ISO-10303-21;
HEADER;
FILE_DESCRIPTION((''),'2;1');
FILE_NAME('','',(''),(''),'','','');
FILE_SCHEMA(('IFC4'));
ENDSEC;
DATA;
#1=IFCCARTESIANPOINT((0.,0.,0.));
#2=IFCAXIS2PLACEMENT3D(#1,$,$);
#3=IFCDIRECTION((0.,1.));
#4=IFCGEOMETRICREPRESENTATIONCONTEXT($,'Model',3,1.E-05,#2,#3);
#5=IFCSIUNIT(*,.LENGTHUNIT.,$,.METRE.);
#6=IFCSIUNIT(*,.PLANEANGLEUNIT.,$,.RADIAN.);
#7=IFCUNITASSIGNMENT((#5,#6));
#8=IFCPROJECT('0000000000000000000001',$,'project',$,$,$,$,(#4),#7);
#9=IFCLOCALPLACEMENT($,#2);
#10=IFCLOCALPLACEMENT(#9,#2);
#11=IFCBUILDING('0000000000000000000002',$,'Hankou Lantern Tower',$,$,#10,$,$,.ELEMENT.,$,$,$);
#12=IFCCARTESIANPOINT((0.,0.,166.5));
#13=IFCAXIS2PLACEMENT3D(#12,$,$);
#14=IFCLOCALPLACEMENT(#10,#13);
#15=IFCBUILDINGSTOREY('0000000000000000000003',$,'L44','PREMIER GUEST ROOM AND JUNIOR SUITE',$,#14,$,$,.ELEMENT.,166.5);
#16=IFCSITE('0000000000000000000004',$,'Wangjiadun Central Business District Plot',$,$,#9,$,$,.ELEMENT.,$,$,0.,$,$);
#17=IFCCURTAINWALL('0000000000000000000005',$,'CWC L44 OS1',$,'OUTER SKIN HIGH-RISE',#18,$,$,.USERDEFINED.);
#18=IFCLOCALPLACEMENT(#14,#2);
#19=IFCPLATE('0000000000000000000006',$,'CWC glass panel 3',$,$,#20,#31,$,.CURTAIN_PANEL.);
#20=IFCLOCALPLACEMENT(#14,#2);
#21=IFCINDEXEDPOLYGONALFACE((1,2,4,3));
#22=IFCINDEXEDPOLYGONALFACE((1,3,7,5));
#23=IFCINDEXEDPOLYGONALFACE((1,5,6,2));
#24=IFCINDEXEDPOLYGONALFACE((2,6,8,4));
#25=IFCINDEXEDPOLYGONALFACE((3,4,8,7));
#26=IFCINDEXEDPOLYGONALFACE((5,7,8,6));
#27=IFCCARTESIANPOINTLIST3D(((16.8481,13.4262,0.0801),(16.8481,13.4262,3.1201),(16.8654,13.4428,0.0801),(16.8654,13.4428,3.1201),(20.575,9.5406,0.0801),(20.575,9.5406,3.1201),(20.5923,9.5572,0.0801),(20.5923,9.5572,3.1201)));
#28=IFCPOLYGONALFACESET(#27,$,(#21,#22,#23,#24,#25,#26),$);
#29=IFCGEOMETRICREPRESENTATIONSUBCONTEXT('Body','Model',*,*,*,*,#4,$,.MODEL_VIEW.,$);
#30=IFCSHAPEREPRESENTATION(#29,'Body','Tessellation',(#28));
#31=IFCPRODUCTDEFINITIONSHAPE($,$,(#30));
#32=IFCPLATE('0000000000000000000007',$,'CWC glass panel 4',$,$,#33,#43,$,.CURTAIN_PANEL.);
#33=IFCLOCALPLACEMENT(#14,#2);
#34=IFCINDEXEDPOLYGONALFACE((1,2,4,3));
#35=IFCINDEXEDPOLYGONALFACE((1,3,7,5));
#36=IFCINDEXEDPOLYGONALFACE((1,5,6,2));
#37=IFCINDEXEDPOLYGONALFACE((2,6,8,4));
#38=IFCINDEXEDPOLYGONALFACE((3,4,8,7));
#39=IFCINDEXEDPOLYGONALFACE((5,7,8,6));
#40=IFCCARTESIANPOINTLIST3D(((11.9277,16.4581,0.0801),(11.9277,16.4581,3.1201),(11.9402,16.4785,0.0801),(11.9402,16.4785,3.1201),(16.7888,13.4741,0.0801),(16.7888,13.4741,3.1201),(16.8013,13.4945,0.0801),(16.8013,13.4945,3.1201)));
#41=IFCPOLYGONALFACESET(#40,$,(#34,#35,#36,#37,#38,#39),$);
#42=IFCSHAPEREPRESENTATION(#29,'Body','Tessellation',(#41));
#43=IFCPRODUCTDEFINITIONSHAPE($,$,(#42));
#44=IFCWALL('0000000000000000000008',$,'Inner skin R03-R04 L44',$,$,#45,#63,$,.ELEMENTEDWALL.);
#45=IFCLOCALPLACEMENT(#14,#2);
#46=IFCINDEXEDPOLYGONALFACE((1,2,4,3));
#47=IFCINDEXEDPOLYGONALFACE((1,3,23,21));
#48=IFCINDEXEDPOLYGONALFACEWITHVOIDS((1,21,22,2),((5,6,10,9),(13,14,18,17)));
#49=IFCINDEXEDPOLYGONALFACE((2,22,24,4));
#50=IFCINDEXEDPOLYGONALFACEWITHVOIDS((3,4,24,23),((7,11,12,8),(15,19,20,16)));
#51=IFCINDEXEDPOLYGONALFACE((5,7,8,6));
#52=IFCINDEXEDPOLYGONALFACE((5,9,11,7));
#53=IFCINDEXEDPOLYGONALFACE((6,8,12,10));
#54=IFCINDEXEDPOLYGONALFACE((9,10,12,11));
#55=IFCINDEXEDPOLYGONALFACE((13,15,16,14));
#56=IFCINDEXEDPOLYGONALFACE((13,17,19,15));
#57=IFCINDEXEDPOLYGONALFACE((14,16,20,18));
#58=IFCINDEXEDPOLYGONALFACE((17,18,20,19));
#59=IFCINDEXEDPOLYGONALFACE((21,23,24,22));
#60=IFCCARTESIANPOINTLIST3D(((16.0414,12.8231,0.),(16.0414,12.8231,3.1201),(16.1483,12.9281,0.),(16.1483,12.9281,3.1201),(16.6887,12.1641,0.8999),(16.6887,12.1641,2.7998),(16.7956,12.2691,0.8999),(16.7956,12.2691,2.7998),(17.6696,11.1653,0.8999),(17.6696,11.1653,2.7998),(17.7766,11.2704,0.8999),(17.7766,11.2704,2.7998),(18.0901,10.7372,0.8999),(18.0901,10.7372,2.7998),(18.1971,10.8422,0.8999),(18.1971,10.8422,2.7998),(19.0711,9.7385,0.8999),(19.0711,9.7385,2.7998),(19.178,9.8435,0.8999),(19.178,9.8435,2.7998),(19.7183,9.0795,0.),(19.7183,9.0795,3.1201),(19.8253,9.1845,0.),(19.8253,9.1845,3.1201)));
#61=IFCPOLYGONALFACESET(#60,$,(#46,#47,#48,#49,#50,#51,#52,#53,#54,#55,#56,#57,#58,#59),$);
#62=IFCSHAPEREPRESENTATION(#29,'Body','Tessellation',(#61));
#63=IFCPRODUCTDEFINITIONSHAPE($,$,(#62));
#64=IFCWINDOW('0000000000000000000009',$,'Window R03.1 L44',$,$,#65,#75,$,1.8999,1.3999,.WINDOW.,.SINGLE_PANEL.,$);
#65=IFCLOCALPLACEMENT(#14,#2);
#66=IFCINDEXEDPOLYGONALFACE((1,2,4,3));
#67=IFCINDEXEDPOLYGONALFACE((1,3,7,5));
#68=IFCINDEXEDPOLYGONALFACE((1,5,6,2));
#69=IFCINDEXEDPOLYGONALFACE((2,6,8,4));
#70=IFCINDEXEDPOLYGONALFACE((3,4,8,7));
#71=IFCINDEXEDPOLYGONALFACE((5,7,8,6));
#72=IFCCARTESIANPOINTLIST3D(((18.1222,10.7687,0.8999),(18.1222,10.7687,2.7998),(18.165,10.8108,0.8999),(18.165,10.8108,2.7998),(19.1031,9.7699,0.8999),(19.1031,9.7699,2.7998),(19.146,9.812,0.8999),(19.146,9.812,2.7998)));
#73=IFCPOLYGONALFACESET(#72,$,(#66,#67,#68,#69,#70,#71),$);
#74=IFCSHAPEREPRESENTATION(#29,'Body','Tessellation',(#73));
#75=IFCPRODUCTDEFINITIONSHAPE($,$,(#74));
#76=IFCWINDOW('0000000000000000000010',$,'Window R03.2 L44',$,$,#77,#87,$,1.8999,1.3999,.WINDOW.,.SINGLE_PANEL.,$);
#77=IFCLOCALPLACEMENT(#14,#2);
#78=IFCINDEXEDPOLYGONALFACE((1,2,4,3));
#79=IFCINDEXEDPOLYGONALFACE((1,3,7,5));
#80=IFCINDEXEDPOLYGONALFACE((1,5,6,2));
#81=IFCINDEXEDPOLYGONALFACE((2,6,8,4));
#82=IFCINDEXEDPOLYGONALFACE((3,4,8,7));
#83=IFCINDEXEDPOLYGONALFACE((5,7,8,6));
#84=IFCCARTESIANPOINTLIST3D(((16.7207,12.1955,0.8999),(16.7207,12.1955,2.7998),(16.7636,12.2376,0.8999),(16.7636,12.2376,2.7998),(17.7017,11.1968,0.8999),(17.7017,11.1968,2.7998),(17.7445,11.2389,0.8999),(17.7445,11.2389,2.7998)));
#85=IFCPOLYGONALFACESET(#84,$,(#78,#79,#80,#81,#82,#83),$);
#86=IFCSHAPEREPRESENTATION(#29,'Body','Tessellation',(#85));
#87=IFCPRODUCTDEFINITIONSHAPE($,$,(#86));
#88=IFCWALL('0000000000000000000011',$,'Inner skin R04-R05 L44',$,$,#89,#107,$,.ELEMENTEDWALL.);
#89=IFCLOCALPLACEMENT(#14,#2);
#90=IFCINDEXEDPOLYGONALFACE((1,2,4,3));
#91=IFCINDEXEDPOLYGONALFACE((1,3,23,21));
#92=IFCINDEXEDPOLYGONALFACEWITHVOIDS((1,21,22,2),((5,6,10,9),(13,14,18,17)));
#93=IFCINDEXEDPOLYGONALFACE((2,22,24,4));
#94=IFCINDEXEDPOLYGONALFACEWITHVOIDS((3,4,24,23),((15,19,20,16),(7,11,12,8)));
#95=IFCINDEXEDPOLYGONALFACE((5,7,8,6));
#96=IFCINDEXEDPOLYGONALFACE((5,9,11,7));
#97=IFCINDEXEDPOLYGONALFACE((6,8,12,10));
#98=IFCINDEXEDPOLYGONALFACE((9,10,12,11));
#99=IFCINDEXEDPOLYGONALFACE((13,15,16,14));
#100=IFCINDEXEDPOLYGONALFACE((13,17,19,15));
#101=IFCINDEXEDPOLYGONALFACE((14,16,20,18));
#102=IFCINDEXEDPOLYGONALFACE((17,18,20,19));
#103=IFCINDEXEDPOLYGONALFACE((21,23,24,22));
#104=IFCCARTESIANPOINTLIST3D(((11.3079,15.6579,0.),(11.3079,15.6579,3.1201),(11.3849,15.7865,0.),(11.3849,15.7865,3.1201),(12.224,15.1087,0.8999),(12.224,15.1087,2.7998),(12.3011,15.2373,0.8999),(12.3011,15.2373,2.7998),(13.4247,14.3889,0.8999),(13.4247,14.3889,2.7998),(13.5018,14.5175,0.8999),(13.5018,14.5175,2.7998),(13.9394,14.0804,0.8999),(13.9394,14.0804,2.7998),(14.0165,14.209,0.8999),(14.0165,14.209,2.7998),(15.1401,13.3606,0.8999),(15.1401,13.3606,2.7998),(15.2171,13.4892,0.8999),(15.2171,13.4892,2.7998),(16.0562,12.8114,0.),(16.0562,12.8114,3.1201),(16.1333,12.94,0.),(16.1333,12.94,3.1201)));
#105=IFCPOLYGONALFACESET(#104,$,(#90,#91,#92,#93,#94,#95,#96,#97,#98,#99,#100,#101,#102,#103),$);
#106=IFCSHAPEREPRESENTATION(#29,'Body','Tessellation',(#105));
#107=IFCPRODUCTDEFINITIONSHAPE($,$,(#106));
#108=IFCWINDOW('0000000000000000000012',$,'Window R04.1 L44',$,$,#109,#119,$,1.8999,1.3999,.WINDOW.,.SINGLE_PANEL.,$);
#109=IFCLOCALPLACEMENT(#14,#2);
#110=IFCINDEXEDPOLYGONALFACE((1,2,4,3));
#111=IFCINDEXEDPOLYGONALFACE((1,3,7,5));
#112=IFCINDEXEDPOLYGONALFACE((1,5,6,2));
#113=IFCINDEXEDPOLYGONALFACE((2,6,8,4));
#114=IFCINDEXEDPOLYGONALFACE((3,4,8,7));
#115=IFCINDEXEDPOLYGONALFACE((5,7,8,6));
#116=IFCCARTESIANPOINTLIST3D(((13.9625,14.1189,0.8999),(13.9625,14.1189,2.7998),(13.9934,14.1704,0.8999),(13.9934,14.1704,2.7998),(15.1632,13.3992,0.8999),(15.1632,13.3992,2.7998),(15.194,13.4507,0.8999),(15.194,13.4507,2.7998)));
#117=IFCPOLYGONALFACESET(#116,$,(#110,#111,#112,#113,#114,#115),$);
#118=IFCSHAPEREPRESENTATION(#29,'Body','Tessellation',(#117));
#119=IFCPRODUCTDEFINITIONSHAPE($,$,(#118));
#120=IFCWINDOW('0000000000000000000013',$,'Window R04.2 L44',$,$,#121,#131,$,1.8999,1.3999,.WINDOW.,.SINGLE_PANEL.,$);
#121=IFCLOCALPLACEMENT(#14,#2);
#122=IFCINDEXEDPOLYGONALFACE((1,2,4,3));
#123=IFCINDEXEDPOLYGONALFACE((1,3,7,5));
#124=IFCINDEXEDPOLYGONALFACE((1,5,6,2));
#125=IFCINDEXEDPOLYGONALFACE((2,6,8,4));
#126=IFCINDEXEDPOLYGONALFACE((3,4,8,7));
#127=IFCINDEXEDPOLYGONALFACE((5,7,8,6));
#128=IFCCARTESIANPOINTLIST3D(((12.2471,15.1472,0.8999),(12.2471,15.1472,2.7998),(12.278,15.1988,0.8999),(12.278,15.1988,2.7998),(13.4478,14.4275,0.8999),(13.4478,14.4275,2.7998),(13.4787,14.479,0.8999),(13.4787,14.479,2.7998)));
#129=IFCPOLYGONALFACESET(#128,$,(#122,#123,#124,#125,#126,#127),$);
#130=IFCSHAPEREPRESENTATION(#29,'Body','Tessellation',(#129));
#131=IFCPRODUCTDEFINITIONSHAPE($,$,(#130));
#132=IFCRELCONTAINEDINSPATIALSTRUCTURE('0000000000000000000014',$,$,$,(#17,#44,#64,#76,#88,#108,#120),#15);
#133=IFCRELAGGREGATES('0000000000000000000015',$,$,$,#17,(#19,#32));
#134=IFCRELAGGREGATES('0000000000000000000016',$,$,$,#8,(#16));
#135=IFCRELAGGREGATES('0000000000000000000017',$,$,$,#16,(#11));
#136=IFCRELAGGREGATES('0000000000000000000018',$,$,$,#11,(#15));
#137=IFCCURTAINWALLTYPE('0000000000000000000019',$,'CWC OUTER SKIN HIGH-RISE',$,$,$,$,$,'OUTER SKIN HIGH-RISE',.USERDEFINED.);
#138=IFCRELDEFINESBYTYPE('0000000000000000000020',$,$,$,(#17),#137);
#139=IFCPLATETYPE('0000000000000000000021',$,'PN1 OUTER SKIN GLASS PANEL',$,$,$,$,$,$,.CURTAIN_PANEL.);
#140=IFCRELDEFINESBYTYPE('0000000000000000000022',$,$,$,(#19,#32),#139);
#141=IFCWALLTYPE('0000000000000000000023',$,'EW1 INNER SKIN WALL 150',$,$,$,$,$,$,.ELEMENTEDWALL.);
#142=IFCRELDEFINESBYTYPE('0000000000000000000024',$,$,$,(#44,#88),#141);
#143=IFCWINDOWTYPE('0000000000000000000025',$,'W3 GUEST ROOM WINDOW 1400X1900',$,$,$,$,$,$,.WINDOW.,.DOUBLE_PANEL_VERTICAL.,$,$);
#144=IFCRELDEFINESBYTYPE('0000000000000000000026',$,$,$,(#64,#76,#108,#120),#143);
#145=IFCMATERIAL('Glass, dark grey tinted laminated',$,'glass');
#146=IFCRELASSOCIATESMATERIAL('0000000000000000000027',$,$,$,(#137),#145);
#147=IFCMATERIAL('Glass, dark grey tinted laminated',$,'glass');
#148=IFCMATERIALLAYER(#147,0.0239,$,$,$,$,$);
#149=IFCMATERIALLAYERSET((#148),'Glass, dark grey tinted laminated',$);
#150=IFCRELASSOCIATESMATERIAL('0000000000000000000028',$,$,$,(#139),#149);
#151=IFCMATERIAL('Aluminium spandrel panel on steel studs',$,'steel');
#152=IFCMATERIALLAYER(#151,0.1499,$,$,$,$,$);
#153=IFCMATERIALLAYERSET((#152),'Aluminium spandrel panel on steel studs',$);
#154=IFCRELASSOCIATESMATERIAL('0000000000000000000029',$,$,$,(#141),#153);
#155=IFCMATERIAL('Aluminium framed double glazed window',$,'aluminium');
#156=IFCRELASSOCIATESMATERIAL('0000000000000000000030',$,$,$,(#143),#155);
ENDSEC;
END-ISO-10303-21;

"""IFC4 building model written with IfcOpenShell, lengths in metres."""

from ifc_helpers import new_model, si_unit, direction, frame, frame_2d, origin, origin_2d, place, context, subcontext, project, spatial, rectangle, extrude, material, layer, layer_set, type_object, element, fill, aggregate, save


model = new_model("IFC4")

# Units and contexts
model_context = context("Model", 3, precision=1e-05, world=origin(), true_north=direction((0.0, 1.0)))
body_context = subcontext(model_context, "Body", "Model", "MODEL_VIEW")
ifc_project = project(units=[si_unit("LENGTHUNIT", "METRE"), si_unit("PLANEANGLEUNIT", "RADIAN")], contexts=[model_context])

# Site, building, storey
site_placement = place(None, origin())
site = spatial("IfcSite", under=ifc_project, at=site_placement, Name="Wangjiadun Central Business District Plot", CompositionType="ELEMENT", RefElevation=0.0)
building_placement = place(site_placement, origin())
building = spatial("IfcBuilding", under=site, at=building_placement, Name="Hankou Lantern Tower", CompositionType="ELEMENT")
storey_placement = place(building_placement, frame((0.0, 0.0, 166.5)))
storey = spatial("IfcBuildingStorey", under=building, at=storey_placement, Name="L44", Description="PREMIER GUEST ROOM AND JUNIOR SUITE", CompositionType="ELEMENT", Elevation=166.5)

# Curtain wall
ifc_material_1 = material(Name="Glass, dark grey tinted laminated", Category="glass")
curtain_wall_type = type_object("IfcCurtainWallType", Name="CWC OUTER SKIN HIGH-RISE", ElementType="OUTER SKIN HIGH-RISE", PredefinedType="USERDEFINED", material=ifc_material_1)
curtain_wall_placement = place(storey_placement, origin())
curtain_wall = element("IfcCurtainWall", 1, at=curtain_wall_placement, inside=storey, type_object=curtain_wall_type, Name="CWC L44 OS1", ObjectType="OUTER SKIN HIGH-RISE", PredefinedType="USERDEFINED")

# Plates
ifc_material_2 = material(Name="Glass, dark grey tinted laminated", Category="glass")
ifc_layer_1 = layer(ifc_material_2, 0.0239)
ifc_layer_set_1 = layer_set([ifc_layer_1], Name="Glass, dark grey tinted laminated")
plate_type = type_object("IfcPlateType", Name="PN1 OUTER SKIN GLASS PANEL", PredefinedType="CURTAIN_PANEL", material=ifc_layer_set_1)
plate_1_placement = place(storey_placement, frame((18.7202, 11.4917, 0.0801), z_axis=(0.0, 0.0, 1.0), x_axis=(-0.692216, 0.721691, 0.0)))
plate_1 = element("IfcPlate", 2, at=plate_1_placement, type_object=plate_type, Name="CWC glass panel 3", PredefinedType="CURTAIN_PANEL", context=body_context, shape_type="SweptSolid", body=[
    extrude(rectangle(XDim=5.384, YDim=0.0239, at=origin_2d()), origin(), (0.0, 0.0, 1.0), 3.04),
])
plate_2_placement = place(storey_placement, frame((14.3645, 14.9763, 0.0801), z_axis=(0.0, 0.0, 1.0), x_axis=(-0.852237, 0.523156, 0.0)))
plate_2 = element("IfcPlate", 3, at=plate_2_placement, type_object=plate_type, Name="CWC glass panel 4", PredefinedType="CURTAIN_PANEL", context=body_context, shape_type="SweptSolid", body=[
    extrude(rectangle(XDim=5.7039, YDim=0.0239, at=origin_2d()), origin(), (0.0, 0.0, 1.0), 3.04),
])
aggregate(curtain_wall, [plate_1, plate_2])

# Walls, openings, windows
ifc_material_3 = material(Name="Aluminium spandrel panel on steel studs", Category="steel")
ifc_layer_2 = layer(ifc_material_3, 0.1499)
ifc_layer_set_2 = layer_set([ifc_layer_2], Name="Aluminium spandrel panel on steel studs")
wall_type_1 = type_object("IfcWallType", Name="EW1 INNER SKIN WALL 150", PredefinedType="ELEMENTEDWALL", material=ifc_layer_set_2)
wall_1_placement = place(storey_placement, frame((19.7717, 9.1321, 0.0), z_axis=(0.0, 0.0, 1.0), x_axis=(-0.700727, 0.713429, 0.0)))
wall_1 = element("IfcWall", 4, at=wall_1_placement, inside=storey, type_object=wall_type_1, Name="Inner skin R03-R04 L44", PredefinedType="ELEMENTEDWALL", context=body_context, shape_type="SweptSolid", body=[
    extrude(rectangle(XDim=5.2473, YDim=0.1499, at=frame_2d((2.6235, 0.0))), origin(), (0.0, 0.0, 1.0), 3.1201),
])
opening_1_placement = place(wall_1_placement, frame((0.9236, 0.0, 0.8999)))
opening_1 = element("IfcOpeningElement", 5, at=opening_1_placement, cuts=wall_1, PredefinedType="OPENING", context=body_context, shape_type="SweptSolid", body=[
    extrude(rectangle(XDim=1.3999, YDim=1.8999, at=frame_2d((0.7, 0.95))), frame((0.0, 0.085, 0.0), z_axis=(0.0, -1.0, 0.0), x_axis=(1.0, 0.0, 0.0)), (0.0, 0.0, 1.0), 0.1699),
])
opening_2_placement = place(wall_1_placement, frame((2.9236, 0.0, 0.8999)))
opening_2 = element("IfcOpeningElement", 6, at=opening_2_placement, cuts=wall_1, PredefinedType="OPENING", context=body_context, shape_type="SweptSolid", body=[
    extrude(rectangle(XDim=1.3999, YDim=1.8999, at=frame_2d((0.7, 0.95))), frame((0.0, 0.085, 0.0), z_axis=(0.0, -1.0, 0.0), x_axis=(1.0, 0.0, 0.0)), (0.0, 0.0, 1.0), 0.1699),
])
ifc_material_4 = material(Name="Aluminium framed double glazed window", Category="aluminium")
window_type = type_object("IfcWindowType", Name="W3 GUEST ROOM WINDOW 1400X1900", PartitioningType="DOUBLE_PANEL_VERTICAL", PredefinedType="WINDOW", material=ifc_material_4)
window_1_placement = place(opening_1_placement, origin())
window_1 = element("IfcWindow", 7, at=window_1_placement, inside=storey, type_object=window_type, Name="Window R03.1 L44", OverallHeight=1.8999, OverallWidth=1.3999, PartitioningType="SINGLE_PANEL", PredefinedType="WINDOW", context=body_context, shape_type="SweptSolid", body=[
    extrude(rectangle(XDim=1.3999, YDim=1.8999, at=frame_2d((0.7, 0.95))), frame((0.0, 0.03, 0.0), z_axis=(0.0, -1.0, 0.0), x_axis=(1.0, 0.0, 0.0)), (0.0, 0.0, 1.0), 0.0601),
])
fill(opening_1, window_1)
window_2_placement = place(opening_2_placement, origin())
window_2 = element("IfcWindow", 8, at=window_2_placement, inside=storey, type_object=window_type, Name="Window R03.2 L44", OverallHeight=1.8999, OverallWidth=1.3999, PartitioningType="SINGLE_PANEL", PredefinedType="WINDOW", context=body_context, shape_type="SweptSolid", body=[
    extrude(rectangle(XDim=1.3999, YDim=1.8999, at=frame_2d((0.7, 0.95))), frame((0.0, 0.03, 0.0), z_axis=(0.0, -1.0, 0.0), x_axis=(1.0, 0.0, 0.0)), (0.0, 0.0, 1.0), 0.0601),
])
fill(opening_2, window_2)
wall_2_placement = place(storey_placement, frame((16.0947, 12.8757, 0.0), z_axis=(0.0, 0.0, 1.0), x_axis=(-0.857695, 0.514158, 0.0)))
wall_2 = element("IfcWall", 9, at=wall_2_placement, inside=storey, type_object=wall_type_1, Name="Inner skin R04-R05 L44", PredefinedType="ELEMENTEDWALL", context=body_context, shape_type="SweptSolid", body=[
    extrude(rectangle(XDim=5.5361, YDim=0.1499, at=frame_2d((2.7681, 0.0))), origin(), (0.0, 0.0, 1.0), 3.1201),
])
opening_3_placement = place(wall_2_placement, frame((1.0681, 0.0, 0.8999)))
opening_3 = element("IfcOpeningElement", 10, at=opening_3_placement, cuts=wall_2, PredefinedType="OPENING", context=body_context, shape_type="SweptSolid", body=[
    extrude(rectangle(XDim=1.3999, YDim=1.8999, at=frame_2d((0.7, 0.95))), frame((0.0, 0.085, 0.0), z_axis=(0.0, -1.0, 0.0), x_axis=(1.0, 0.0, 0.0)), (0.0, 0.0, 1.0), 0.1699),
])
opening_4_placement = place(wall_2_placement, frame((3.0681, 0.0, 0.8999)))
opening_4 = element("IfcOpeningElement", 11, at=opening_4_placement, cuts=wall_2, PredefinedType="OPENING", context=body_context, shape_type="SweptSolid", body=[
    extrude(rectangle(XDim=1.3999, YDim=1.8999, at=frame_2d((0.7, 0.95))), frame((0.0, 0.085, 0.0), z_axis=(0.0, -1.0, 0.0), x_axis=(1.0, 0.0, 0.0)), (0.0, 0.0, 1.0), 0.1699),
])
window_3_placement = place(opening_3_placement, origin())
window_3 = element("IfcWindow", 12, at=window_3_placement, inside=storey, type_object=window_type, Name="Window R04.1 L44", OverallHeight=1.8999, OverallWidth=1.3999, PartitioningType="SINGLE_PANEL", PredefinedType="WINDOW", context=body_context, shape_type="SweptSolid", body=[
    extrude(rectangle(XDim=1.3999, YDim=1.8999, at=frame_2d((0.7, 0.95))), frame((0.0, 0.03, 0.0), z_axis=(0.0, -1.0, 0.0), x_axis=(1.0, 0.0, 0.0)), (0.0, 0.0, 1.0), 0.0601),
])
fill(opening_3, window_3)
window_4_placement = place(opening_4_placement, origin())
window_4 = element("IfcWindow", 13, at=window_4_placement, inside=storey, type_object=window_type, Name="Window R04.2 L44", OverallHeight=1.8999, OverallWidth=1.3999, PartitioningType="SINGLE_PANEL", PredefinedType="WINDOW", context=body_context, shape_type="SweptSolid", body=[
    extrude(rectangle(XDim=1.3999, YDim=1.8999, at=frame_2d((0.7, 0.95))), frame((0.0, 0.03, 0.0), z_axis=(0.0, -1.0, 0.0), x_axis=(1.0, 0.0, 0.0)), (0.0, 0.0, 1.0), 0.0601),
])
fill(opening_4, window_4)

save(model, "model.ifc")
